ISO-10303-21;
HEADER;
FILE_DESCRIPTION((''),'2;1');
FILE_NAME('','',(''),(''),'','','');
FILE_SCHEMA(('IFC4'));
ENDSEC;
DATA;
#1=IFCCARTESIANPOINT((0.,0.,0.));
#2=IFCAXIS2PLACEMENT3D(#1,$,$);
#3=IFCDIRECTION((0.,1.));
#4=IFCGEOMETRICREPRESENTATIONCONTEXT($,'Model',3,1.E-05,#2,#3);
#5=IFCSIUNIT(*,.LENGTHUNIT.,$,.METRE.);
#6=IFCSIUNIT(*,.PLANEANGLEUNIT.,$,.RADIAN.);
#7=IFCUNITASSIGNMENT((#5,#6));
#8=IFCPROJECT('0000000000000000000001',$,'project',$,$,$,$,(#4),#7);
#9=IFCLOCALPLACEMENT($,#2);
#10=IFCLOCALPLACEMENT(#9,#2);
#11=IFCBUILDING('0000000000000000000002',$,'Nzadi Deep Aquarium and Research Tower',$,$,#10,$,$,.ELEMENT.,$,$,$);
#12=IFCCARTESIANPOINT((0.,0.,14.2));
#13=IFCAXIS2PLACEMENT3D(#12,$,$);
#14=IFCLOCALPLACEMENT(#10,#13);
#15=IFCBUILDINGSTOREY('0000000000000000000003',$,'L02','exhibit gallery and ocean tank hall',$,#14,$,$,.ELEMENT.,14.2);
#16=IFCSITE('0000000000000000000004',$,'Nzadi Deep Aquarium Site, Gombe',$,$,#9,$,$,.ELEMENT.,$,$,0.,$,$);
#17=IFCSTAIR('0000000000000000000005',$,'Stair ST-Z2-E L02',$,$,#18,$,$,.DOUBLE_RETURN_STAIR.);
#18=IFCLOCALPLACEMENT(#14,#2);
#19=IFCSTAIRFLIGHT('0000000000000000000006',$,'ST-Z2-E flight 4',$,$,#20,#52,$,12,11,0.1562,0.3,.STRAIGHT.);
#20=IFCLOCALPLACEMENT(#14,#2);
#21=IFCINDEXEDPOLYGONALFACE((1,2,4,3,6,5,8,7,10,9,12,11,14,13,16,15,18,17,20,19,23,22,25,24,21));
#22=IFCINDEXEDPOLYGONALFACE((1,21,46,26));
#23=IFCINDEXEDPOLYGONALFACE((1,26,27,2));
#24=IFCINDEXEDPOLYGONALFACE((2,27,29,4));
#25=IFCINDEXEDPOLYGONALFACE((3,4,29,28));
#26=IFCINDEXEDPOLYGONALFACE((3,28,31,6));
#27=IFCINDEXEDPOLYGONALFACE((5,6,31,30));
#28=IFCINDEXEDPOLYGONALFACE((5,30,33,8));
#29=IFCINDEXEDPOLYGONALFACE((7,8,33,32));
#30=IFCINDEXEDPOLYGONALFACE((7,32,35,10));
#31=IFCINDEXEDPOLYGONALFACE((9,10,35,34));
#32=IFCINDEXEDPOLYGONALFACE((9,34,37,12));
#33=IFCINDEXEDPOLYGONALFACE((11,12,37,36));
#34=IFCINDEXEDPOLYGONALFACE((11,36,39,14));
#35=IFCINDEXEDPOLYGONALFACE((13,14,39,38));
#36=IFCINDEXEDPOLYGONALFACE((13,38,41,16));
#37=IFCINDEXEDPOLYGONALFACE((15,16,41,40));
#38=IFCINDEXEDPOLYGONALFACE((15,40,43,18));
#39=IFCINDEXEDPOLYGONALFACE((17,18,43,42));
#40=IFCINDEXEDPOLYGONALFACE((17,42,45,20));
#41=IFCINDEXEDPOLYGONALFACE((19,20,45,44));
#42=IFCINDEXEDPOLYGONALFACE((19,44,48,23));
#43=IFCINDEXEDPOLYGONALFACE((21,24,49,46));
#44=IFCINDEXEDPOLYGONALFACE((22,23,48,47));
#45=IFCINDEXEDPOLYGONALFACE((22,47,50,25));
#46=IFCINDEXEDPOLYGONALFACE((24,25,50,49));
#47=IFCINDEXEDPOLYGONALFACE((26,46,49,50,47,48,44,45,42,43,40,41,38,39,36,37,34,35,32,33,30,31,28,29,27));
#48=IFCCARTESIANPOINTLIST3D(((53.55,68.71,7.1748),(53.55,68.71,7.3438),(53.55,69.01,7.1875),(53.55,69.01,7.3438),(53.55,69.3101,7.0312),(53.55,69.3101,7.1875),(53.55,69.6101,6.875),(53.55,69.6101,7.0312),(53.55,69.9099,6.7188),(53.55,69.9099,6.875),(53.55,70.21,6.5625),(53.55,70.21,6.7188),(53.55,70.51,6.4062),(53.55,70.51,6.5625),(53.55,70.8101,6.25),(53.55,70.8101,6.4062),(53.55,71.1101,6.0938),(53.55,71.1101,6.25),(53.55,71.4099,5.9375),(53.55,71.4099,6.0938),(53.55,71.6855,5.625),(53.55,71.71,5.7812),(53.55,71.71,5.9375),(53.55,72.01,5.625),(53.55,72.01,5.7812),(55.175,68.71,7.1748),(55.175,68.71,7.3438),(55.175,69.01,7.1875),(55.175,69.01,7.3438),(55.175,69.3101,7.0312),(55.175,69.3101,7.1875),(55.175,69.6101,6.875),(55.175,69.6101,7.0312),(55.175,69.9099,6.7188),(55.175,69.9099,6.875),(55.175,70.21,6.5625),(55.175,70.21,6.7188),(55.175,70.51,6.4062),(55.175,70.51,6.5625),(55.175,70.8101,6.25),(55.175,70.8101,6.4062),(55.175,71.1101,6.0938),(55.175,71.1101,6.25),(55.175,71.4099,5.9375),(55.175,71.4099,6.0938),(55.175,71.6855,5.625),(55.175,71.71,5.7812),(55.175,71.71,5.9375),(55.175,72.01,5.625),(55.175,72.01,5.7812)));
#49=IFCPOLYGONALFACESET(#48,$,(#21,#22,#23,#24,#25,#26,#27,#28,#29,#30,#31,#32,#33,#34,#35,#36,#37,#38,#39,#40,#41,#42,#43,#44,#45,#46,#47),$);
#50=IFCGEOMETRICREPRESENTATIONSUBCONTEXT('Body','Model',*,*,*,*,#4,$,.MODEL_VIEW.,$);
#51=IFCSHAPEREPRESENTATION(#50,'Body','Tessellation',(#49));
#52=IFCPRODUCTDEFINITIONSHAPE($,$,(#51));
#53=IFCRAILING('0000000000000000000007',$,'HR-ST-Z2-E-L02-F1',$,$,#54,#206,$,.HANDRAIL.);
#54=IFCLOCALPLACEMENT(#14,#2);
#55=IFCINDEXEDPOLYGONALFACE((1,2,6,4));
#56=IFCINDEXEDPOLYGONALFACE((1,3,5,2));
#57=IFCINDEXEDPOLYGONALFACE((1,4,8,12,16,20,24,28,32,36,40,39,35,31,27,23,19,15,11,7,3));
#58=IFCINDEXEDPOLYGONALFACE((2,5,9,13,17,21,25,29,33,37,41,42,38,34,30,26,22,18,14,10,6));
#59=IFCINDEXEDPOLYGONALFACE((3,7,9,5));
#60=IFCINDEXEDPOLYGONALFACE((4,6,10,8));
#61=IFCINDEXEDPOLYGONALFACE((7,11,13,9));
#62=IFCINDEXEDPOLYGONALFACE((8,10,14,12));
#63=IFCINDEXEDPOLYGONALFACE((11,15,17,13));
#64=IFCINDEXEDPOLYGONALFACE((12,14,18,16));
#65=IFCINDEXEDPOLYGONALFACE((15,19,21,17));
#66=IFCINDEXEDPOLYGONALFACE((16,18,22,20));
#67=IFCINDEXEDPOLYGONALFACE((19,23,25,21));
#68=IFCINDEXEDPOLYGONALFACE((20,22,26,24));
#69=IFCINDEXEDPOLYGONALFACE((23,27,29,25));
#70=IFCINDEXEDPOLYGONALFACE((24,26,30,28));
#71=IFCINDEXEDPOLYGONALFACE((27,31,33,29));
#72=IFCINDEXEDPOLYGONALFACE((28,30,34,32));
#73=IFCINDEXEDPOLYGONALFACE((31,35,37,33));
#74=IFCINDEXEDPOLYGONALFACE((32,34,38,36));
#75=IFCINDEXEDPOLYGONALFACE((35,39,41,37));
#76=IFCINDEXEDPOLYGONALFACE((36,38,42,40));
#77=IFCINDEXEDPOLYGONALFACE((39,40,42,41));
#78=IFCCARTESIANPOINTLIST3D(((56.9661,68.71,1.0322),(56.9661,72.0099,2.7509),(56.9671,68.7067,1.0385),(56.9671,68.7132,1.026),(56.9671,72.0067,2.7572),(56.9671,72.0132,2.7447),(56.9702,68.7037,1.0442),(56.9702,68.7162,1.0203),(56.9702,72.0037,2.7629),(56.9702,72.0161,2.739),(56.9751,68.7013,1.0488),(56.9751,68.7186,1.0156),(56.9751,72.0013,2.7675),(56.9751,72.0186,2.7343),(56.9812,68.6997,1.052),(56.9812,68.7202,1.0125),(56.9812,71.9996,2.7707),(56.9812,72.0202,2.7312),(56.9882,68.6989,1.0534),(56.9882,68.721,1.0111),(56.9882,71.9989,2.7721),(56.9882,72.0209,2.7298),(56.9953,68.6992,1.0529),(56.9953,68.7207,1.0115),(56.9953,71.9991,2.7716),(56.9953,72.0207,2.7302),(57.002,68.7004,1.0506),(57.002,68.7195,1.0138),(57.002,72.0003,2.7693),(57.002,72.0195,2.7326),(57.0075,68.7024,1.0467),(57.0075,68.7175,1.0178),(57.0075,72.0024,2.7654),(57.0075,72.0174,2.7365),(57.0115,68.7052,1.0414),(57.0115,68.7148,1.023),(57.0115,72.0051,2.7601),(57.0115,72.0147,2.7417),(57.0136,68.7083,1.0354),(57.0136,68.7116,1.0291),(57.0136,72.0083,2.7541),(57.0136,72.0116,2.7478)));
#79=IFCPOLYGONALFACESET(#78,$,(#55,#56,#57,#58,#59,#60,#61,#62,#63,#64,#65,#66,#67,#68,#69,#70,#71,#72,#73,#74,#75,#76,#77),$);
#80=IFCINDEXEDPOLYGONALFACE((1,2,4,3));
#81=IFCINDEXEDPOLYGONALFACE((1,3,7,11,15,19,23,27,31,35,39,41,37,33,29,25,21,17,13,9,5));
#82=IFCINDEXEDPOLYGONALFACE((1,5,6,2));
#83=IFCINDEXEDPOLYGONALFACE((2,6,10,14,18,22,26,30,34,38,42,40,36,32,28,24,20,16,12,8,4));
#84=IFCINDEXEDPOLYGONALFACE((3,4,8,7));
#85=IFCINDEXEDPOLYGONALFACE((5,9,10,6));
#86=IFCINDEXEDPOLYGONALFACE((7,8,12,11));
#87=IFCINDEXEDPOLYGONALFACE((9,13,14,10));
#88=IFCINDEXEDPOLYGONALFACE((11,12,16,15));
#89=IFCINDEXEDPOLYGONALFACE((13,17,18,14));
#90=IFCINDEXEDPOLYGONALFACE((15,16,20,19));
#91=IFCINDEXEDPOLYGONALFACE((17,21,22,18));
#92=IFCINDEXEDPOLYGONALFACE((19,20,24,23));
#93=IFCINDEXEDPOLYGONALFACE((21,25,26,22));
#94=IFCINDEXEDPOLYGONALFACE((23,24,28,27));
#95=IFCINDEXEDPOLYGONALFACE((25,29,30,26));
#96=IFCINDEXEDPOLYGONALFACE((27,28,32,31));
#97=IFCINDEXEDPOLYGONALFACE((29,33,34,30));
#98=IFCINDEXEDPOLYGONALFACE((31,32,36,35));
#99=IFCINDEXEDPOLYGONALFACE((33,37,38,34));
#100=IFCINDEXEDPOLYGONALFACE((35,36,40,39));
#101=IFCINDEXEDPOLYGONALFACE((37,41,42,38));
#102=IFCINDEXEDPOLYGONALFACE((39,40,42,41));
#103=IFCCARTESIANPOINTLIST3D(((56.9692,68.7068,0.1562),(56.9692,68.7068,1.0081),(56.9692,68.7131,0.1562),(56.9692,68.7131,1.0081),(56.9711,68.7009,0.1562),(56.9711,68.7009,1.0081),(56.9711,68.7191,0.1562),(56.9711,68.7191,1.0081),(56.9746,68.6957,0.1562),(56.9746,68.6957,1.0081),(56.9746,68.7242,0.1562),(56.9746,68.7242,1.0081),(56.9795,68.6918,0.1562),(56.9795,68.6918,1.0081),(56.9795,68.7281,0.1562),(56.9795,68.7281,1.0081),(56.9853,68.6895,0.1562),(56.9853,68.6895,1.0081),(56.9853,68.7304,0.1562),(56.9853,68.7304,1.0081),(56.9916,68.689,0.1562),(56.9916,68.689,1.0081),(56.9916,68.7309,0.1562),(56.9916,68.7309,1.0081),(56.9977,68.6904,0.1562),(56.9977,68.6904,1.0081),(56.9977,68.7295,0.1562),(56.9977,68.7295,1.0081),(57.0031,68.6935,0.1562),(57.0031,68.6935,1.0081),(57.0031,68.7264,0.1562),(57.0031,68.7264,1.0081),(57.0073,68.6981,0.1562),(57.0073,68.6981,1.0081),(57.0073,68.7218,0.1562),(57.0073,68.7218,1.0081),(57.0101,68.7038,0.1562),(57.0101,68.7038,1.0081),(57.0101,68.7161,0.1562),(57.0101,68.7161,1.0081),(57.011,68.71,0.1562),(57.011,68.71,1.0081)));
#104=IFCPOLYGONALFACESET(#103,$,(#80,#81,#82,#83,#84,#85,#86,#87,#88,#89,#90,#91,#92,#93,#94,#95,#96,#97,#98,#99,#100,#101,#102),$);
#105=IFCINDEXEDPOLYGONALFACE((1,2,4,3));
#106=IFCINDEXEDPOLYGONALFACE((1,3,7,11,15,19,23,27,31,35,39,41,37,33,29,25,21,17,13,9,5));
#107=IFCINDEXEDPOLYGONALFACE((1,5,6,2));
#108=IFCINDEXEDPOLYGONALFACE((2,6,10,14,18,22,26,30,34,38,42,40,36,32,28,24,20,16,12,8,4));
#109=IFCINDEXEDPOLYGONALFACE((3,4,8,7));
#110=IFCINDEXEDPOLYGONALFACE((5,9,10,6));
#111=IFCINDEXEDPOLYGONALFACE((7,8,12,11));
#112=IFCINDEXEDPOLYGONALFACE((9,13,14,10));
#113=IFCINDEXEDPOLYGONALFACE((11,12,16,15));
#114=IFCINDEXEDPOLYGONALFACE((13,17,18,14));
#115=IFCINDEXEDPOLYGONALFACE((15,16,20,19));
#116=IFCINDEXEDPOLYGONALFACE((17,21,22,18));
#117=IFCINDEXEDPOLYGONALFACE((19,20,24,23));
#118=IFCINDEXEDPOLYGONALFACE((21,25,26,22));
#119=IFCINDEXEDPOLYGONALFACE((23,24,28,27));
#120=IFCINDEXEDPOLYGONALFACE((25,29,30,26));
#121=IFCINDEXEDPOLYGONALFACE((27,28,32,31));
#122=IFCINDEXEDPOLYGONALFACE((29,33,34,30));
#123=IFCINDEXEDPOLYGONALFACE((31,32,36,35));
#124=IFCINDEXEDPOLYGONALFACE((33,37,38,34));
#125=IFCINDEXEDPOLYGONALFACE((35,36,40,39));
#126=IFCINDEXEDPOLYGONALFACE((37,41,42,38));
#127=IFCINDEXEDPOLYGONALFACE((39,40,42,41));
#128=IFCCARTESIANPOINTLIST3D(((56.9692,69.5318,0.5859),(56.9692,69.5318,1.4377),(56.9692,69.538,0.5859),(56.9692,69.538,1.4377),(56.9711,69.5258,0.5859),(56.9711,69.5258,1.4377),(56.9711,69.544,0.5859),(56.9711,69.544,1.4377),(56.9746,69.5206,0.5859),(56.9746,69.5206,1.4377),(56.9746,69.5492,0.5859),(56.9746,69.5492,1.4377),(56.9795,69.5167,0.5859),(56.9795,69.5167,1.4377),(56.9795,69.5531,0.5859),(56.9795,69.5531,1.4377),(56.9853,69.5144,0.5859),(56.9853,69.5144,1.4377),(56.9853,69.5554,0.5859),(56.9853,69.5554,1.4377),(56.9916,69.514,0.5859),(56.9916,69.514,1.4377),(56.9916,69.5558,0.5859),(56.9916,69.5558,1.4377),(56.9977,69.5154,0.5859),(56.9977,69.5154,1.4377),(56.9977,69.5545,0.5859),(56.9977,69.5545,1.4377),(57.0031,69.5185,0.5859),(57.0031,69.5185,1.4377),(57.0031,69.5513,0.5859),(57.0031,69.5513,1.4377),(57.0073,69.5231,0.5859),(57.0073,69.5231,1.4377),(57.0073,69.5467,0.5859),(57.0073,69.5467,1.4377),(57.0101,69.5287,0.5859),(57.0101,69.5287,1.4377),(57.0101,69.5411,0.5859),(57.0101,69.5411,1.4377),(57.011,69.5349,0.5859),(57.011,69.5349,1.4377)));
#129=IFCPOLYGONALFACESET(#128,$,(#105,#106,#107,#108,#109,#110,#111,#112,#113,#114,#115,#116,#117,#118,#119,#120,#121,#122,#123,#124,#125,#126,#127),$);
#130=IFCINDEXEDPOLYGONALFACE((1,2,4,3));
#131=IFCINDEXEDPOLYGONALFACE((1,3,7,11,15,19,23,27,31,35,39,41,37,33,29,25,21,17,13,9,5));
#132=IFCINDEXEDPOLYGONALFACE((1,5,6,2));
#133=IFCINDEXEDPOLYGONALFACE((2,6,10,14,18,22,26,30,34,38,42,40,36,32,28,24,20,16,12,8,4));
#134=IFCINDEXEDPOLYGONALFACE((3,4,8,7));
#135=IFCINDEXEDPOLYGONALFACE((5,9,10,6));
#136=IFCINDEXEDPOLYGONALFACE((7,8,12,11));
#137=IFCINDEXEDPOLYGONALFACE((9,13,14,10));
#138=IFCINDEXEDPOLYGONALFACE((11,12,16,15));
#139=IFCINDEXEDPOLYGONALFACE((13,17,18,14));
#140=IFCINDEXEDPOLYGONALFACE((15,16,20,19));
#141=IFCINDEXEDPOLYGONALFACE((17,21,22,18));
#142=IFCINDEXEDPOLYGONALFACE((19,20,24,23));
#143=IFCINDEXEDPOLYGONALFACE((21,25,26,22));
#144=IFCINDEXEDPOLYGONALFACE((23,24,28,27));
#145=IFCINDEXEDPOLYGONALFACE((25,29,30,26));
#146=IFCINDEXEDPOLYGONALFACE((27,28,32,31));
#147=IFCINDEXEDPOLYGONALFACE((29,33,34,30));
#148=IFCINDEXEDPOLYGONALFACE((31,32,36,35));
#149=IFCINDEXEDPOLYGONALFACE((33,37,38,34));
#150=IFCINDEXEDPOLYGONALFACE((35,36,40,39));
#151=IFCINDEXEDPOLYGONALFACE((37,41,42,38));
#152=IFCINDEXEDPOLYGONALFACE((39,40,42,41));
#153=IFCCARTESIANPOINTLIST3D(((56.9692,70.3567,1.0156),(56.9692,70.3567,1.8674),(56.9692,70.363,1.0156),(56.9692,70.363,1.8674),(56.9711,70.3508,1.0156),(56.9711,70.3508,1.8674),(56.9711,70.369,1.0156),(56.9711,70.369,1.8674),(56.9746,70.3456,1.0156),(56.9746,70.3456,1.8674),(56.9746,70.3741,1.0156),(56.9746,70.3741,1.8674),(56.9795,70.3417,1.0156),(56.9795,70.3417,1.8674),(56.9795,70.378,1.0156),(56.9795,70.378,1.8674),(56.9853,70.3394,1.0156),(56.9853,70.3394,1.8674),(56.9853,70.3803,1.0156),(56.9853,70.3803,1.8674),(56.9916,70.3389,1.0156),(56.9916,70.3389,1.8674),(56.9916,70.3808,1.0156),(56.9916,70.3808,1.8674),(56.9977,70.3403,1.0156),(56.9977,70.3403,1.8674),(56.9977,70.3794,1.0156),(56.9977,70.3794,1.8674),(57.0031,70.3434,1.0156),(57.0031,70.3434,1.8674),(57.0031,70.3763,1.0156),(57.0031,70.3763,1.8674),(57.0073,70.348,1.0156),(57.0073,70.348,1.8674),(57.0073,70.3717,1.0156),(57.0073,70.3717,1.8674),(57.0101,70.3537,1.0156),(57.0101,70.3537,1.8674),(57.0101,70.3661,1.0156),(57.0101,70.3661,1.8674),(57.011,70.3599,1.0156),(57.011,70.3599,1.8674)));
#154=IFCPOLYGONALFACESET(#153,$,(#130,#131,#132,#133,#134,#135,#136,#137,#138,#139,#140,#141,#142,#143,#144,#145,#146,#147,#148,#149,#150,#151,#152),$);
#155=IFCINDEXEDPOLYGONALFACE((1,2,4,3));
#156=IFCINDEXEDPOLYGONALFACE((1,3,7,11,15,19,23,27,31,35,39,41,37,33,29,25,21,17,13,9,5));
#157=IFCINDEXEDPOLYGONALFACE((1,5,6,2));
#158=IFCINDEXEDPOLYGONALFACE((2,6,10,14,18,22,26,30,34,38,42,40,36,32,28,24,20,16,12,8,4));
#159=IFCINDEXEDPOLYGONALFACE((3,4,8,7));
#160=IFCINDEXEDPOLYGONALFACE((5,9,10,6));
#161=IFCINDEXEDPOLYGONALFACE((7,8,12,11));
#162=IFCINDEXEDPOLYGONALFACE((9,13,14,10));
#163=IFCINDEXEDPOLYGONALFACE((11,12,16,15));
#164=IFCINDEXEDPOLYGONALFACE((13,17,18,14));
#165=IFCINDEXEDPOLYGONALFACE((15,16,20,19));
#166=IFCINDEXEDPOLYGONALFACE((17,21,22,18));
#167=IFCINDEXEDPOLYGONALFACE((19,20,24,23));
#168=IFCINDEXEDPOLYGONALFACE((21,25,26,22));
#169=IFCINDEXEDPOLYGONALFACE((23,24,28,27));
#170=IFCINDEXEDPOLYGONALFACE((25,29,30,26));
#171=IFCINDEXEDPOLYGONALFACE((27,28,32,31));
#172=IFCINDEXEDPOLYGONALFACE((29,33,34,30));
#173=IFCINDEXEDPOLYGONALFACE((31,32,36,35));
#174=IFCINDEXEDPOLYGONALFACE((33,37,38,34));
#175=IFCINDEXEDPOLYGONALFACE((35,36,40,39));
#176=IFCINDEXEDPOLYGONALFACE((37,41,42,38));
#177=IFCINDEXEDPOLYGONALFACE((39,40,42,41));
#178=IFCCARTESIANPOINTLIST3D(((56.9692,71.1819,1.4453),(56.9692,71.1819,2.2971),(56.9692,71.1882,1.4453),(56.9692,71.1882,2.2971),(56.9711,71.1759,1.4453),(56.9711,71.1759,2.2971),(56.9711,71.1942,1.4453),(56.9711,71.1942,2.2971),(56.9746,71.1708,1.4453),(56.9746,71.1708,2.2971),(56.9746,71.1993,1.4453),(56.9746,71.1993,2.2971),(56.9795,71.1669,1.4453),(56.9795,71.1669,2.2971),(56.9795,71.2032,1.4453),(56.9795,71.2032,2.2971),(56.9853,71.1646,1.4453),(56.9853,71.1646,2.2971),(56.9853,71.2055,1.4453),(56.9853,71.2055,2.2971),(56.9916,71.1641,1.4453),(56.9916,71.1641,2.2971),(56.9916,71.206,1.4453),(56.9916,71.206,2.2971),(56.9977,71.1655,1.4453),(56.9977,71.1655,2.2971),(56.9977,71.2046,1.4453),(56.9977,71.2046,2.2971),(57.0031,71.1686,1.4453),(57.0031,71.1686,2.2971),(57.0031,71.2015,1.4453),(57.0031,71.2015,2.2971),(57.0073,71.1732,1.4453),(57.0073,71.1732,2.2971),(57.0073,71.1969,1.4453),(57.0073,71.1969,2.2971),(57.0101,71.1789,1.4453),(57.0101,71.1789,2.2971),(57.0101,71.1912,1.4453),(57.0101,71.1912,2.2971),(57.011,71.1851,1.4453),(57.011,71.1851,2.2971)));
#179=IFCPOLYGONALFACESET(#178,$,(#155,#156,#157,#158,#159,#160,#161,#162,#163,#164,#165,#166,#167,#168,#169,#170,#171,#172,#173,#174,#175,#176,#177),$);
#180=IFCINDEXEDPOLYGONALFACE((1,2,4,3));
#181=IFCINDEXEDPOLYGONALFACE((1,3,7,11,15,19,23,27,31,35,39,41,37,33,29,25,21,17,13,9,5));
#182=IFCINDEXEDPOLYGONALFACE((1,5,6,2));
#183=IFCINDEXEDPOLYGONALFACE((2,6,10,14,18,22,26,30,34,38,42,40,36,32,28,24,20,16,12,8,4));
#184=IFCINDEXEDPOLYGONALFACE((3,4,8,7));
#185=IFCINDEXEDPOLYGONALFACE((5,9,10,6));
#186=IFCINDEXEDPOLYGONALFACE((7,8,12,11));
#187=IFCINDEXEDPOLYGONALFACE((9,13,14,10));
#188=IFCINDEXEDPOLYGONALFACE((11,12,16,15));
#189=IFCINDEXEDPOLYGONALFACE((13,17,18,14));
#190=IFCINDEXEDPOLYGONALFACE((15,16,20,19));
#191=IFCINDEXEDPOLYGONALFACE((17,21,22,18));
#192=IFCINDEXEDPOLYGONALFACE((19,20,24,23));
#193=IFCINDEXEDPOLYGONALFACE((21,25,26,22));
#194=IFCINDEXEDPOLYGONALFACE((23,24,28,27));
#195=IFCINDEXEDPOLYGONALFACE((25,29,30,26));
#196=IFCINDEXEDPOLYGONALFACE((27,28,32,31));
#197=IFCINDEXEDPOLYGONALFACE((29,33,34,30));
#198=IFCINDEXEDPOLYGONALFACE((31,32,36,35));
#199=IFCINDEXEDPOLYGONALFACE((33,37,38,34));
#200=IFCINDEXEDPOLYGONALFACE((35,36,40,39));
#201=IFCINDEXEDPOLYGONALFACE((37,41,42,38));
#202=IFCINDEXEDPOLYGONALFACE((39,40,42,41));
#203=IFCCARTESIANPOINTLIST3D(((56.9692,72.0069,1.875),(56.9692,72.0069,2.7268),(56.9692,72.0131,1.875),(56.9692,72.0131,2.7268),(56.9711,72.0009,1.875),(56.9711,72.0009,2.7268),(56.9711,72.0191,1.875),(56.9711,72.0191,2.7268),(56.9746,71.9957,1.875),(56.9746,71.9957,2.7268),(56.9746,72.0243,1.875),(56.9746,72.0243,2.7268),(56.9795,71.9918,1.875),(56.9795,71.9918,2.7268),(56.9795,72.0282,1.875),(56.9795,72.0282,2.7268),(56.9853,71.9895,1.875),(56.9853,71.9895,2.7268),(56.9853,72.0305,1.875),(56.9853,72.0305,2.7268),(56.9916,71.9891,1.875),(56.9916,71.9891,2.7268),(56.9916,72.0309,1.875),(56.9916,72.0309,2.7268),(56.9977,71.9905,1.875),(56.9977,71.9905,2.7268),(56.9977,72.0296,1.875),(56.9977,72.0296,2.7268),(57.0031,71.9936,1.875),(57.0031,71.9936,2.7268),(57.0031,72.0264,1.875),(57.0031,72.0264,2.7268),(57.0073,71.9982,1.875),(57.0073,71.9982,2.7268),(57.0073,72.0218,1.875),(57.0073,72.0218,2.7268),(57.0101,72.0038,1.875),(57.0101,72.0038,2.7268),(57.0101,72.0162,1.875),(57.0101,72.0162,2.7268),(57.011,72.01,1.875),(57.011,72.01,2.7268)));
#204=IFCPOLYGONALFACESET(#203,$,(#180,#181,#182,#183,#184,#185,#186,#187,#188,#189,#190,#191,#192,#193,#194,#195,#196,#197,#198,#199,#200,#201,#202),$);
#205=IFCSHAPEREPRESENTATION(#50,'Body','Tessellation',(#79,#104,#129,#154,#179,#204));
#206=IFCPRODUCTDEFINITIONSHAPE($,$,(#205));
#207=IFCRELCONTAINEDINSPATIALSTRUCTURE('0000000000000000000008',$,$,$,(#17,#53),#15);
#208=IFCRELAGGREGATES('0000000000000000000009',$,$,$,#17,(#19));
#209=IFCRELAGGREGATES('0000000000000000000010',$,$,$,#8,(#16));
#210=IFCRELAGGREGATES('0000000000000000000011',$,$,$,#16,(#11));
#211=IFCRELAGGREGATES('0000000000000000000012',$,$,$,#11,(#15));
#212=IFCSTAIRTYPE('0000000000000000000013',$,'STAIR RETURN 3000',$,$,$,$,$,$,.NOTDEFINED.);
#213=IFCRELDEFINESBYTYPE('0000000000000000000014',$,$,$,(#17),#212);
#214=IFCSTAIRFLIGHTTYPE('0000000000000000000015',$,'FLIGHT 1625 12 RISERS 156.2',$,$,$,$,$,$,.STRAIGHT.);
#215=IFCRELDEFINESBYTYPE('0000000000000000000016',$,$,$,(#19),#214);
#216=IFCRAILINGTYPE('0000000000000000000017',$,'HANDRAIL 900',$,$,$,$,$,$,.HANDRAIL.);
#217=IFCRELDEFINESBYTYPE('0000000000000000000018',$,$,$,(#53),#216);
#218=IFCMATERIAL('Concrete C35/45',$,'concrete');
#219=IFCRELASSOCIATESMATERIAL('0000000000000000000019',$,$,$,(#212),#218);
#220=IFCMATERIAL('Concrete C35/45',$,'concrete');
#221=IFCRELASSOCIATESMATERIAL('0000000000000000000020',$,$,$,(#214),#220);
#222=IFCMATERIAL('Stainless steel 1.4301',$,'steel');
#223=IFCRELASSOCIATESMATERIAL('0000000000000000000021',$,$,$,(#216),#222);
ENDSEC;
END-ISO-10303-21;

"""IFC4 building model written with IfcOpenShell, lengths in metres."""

from ifc_helpers import new_model, si_unit, direction, frame, origin, origin_2d, place, context, subcontext, project, spatial, polyline, circle, outline, extrude, material, type_object, element, aggregate, save


model = new_model("IFC4")

# Units and contexts
model_context = context("Model", 3, precision=1e-05, world=origin(), true_north=direction((0.0, 1.0)))
body_context = subcontext(model_context, "Body", "Model", "MODEL_VIEW")
ifc_project = project(units=[si_unit("LENGTHUNIT", "METRE"), si_unit("PLANEANGLEUNIT", "RADIAN")], contexts=[model_context])

# Site, building, storey
site_placement = place(None, origin())
site = spatial("IfcSite", under=ifc_project, at=site_placement, Name="Nzadi Deep Aquarium Site, Gombe", CompositionType="ELEMENT", RefElevation=0.0)
building_placement = place(site_placement, origin())
building = spatial("IfcBuilding", under=site, at=building_placement, Name="Nzadi Deep Aquarium and Research Tower", CompositionType="ELEMENT")
storey_placement = place(building_placement, frame((0.0, 0.0, 14.2)))
storey = spatial("IfcBuildingStorey", under=building, at=storey_placement, Name="L02", Description="exhibit gallery and ocean tank hall", CompositionType="ELEMENT", Elevation=14.2)

# Stair, stair flight
ifc_material_1 = material(Name="Concrete C35/45", Category="concrete")
stair_type = type_object("IfcStairType", Name="STAIR RETURN 3000", PredefinedType="NOTDEFINED", material=ifc_material_1)
stair_placement = place(storey_placement, origin())
stair = element("IfcStair", 1, at=stair_placement, inside=storey, type_object=stair_type, Name="Stair ST-Z2-E L02", PredefinedType="DOUBLE_RETURN_STAIR")
ifc_material_2 = material(Name="Concrete C35/45", Category="concrete")
stair_flight_type = type_object("IfcStairFlightType", Name="FLIGHT 1625 12 RISERS 156.2", PredefinedType="STRAIGHT", material=ifc_material_2)
stair_flight_1_placement = place(storey_placement, frame((54.3625, 72.01, 5.625), z_axis=(0.0, 0.0, 1.0), x_axis=(0.0, -1.0, 0.0)))
stair_flight_1 = element("IfcStairFlight", 2, at=stair_flight_1_placement, type_object=stair_flight_type, Name="ST-Z2-E flight 4", NumberOfRisers=12, NumberOfTreads=11, PredefinedType="STRAIGHT", RiserHeight=0.1562, TreadLength=0.3, context=body_context, shape_type="SweptSolid", body=[
    extrude(outline(polyline([(0.0, 0.0), (0.0, 0.1562), (0.3, 0.1562), (0.3, 0.3125), (0.6001, 0.3125), (0.6001, 0.4688), (0.8999, 0.4688), (0.8999, 0.625), (1.2, 0.625), (1.2, 0.7812), (1.5, 0.7812), (1.5, 0.9375), (1.8, 0.9375), (1.8, 1.0938), (2.1001, 1.0938), (2.1001, 1.25), (2.3999, 1.25), (2.3999, 1.4062), (2.7, 1.4062), (2.7, 1.5625), (3.0, 1.5625), (3.0, 1.7188), (3.3, 1.7188), (3.3, 1.875), (3.3, 1.5498), (0.3245, 0.0), (0.0, 0.0)])), frame((0.0, 0.8125, 0.0), z_axis=(0.0, -1.0, 0.0), x_axis=(1.0, 0.0, 0.0)), (0.0, 0.0, 1.0), 1.625),
])
aggregate(stair, [stair_flight_1])

# Railing
ifc_material_3 = material(Name="Stainless steel 1.4301", Category="steel")
railing_type = type_object("IfcRailingType", Name="HANDRAIL 900", PredefinedType="HANDRAIL", material=ifc_material_3)
for number, where, name in (
    (3, (56.99, 68.71, 0.1562), "HR-ST-Z2-E-L02-F1"),
):
    element("IfcRailing", number, at=place(storey_placement, frame(where)), inside=storey, type_object=railing_type, Name=name, PredefinedType="HANDRAIL", context=body_context, shape_type="SweptSolid", body=[
        extrude(circle(Radius=0.0239, at=origin_2d()), frame((0.0, 0.0, 0.876), z_axis=(0.0, 0.886917, 0.461929), x_axis=(-1.0, 0.0, 0.0)), (0.0, 0.0, 1.0), 3.7207),
        extrude(circle(Radius=0.021, at=origin_2d()), origin(), (0.0, 0.0, 1.0), 0.8518),
        extrude(circle(Radius=0.021, at=origin_2d()), frame((0.0, 0.825, 0.4297)), (0.0, 0.0, 1.0), 0.8518),
        extrude(circle(Radius=0.021, at=origin_2d()), frame((0.0, 1.6499, 0.8594)), (0.0, 0.0, 1.0), 0.8518),
        extrude(circle(Radius=0.021, at=origin_2d()), frame((0.0, 2.4751, 1.2891)), (0.0, 0.0, 1.0), 0.8518),
        extrude(circle(Radius=0.021, at=origin_2d()), frame((0.0, 3.3, 1.7188)), (0.0, 0.0, 1.0), 0.8518),
    ])

save(model, "model.ifc")
